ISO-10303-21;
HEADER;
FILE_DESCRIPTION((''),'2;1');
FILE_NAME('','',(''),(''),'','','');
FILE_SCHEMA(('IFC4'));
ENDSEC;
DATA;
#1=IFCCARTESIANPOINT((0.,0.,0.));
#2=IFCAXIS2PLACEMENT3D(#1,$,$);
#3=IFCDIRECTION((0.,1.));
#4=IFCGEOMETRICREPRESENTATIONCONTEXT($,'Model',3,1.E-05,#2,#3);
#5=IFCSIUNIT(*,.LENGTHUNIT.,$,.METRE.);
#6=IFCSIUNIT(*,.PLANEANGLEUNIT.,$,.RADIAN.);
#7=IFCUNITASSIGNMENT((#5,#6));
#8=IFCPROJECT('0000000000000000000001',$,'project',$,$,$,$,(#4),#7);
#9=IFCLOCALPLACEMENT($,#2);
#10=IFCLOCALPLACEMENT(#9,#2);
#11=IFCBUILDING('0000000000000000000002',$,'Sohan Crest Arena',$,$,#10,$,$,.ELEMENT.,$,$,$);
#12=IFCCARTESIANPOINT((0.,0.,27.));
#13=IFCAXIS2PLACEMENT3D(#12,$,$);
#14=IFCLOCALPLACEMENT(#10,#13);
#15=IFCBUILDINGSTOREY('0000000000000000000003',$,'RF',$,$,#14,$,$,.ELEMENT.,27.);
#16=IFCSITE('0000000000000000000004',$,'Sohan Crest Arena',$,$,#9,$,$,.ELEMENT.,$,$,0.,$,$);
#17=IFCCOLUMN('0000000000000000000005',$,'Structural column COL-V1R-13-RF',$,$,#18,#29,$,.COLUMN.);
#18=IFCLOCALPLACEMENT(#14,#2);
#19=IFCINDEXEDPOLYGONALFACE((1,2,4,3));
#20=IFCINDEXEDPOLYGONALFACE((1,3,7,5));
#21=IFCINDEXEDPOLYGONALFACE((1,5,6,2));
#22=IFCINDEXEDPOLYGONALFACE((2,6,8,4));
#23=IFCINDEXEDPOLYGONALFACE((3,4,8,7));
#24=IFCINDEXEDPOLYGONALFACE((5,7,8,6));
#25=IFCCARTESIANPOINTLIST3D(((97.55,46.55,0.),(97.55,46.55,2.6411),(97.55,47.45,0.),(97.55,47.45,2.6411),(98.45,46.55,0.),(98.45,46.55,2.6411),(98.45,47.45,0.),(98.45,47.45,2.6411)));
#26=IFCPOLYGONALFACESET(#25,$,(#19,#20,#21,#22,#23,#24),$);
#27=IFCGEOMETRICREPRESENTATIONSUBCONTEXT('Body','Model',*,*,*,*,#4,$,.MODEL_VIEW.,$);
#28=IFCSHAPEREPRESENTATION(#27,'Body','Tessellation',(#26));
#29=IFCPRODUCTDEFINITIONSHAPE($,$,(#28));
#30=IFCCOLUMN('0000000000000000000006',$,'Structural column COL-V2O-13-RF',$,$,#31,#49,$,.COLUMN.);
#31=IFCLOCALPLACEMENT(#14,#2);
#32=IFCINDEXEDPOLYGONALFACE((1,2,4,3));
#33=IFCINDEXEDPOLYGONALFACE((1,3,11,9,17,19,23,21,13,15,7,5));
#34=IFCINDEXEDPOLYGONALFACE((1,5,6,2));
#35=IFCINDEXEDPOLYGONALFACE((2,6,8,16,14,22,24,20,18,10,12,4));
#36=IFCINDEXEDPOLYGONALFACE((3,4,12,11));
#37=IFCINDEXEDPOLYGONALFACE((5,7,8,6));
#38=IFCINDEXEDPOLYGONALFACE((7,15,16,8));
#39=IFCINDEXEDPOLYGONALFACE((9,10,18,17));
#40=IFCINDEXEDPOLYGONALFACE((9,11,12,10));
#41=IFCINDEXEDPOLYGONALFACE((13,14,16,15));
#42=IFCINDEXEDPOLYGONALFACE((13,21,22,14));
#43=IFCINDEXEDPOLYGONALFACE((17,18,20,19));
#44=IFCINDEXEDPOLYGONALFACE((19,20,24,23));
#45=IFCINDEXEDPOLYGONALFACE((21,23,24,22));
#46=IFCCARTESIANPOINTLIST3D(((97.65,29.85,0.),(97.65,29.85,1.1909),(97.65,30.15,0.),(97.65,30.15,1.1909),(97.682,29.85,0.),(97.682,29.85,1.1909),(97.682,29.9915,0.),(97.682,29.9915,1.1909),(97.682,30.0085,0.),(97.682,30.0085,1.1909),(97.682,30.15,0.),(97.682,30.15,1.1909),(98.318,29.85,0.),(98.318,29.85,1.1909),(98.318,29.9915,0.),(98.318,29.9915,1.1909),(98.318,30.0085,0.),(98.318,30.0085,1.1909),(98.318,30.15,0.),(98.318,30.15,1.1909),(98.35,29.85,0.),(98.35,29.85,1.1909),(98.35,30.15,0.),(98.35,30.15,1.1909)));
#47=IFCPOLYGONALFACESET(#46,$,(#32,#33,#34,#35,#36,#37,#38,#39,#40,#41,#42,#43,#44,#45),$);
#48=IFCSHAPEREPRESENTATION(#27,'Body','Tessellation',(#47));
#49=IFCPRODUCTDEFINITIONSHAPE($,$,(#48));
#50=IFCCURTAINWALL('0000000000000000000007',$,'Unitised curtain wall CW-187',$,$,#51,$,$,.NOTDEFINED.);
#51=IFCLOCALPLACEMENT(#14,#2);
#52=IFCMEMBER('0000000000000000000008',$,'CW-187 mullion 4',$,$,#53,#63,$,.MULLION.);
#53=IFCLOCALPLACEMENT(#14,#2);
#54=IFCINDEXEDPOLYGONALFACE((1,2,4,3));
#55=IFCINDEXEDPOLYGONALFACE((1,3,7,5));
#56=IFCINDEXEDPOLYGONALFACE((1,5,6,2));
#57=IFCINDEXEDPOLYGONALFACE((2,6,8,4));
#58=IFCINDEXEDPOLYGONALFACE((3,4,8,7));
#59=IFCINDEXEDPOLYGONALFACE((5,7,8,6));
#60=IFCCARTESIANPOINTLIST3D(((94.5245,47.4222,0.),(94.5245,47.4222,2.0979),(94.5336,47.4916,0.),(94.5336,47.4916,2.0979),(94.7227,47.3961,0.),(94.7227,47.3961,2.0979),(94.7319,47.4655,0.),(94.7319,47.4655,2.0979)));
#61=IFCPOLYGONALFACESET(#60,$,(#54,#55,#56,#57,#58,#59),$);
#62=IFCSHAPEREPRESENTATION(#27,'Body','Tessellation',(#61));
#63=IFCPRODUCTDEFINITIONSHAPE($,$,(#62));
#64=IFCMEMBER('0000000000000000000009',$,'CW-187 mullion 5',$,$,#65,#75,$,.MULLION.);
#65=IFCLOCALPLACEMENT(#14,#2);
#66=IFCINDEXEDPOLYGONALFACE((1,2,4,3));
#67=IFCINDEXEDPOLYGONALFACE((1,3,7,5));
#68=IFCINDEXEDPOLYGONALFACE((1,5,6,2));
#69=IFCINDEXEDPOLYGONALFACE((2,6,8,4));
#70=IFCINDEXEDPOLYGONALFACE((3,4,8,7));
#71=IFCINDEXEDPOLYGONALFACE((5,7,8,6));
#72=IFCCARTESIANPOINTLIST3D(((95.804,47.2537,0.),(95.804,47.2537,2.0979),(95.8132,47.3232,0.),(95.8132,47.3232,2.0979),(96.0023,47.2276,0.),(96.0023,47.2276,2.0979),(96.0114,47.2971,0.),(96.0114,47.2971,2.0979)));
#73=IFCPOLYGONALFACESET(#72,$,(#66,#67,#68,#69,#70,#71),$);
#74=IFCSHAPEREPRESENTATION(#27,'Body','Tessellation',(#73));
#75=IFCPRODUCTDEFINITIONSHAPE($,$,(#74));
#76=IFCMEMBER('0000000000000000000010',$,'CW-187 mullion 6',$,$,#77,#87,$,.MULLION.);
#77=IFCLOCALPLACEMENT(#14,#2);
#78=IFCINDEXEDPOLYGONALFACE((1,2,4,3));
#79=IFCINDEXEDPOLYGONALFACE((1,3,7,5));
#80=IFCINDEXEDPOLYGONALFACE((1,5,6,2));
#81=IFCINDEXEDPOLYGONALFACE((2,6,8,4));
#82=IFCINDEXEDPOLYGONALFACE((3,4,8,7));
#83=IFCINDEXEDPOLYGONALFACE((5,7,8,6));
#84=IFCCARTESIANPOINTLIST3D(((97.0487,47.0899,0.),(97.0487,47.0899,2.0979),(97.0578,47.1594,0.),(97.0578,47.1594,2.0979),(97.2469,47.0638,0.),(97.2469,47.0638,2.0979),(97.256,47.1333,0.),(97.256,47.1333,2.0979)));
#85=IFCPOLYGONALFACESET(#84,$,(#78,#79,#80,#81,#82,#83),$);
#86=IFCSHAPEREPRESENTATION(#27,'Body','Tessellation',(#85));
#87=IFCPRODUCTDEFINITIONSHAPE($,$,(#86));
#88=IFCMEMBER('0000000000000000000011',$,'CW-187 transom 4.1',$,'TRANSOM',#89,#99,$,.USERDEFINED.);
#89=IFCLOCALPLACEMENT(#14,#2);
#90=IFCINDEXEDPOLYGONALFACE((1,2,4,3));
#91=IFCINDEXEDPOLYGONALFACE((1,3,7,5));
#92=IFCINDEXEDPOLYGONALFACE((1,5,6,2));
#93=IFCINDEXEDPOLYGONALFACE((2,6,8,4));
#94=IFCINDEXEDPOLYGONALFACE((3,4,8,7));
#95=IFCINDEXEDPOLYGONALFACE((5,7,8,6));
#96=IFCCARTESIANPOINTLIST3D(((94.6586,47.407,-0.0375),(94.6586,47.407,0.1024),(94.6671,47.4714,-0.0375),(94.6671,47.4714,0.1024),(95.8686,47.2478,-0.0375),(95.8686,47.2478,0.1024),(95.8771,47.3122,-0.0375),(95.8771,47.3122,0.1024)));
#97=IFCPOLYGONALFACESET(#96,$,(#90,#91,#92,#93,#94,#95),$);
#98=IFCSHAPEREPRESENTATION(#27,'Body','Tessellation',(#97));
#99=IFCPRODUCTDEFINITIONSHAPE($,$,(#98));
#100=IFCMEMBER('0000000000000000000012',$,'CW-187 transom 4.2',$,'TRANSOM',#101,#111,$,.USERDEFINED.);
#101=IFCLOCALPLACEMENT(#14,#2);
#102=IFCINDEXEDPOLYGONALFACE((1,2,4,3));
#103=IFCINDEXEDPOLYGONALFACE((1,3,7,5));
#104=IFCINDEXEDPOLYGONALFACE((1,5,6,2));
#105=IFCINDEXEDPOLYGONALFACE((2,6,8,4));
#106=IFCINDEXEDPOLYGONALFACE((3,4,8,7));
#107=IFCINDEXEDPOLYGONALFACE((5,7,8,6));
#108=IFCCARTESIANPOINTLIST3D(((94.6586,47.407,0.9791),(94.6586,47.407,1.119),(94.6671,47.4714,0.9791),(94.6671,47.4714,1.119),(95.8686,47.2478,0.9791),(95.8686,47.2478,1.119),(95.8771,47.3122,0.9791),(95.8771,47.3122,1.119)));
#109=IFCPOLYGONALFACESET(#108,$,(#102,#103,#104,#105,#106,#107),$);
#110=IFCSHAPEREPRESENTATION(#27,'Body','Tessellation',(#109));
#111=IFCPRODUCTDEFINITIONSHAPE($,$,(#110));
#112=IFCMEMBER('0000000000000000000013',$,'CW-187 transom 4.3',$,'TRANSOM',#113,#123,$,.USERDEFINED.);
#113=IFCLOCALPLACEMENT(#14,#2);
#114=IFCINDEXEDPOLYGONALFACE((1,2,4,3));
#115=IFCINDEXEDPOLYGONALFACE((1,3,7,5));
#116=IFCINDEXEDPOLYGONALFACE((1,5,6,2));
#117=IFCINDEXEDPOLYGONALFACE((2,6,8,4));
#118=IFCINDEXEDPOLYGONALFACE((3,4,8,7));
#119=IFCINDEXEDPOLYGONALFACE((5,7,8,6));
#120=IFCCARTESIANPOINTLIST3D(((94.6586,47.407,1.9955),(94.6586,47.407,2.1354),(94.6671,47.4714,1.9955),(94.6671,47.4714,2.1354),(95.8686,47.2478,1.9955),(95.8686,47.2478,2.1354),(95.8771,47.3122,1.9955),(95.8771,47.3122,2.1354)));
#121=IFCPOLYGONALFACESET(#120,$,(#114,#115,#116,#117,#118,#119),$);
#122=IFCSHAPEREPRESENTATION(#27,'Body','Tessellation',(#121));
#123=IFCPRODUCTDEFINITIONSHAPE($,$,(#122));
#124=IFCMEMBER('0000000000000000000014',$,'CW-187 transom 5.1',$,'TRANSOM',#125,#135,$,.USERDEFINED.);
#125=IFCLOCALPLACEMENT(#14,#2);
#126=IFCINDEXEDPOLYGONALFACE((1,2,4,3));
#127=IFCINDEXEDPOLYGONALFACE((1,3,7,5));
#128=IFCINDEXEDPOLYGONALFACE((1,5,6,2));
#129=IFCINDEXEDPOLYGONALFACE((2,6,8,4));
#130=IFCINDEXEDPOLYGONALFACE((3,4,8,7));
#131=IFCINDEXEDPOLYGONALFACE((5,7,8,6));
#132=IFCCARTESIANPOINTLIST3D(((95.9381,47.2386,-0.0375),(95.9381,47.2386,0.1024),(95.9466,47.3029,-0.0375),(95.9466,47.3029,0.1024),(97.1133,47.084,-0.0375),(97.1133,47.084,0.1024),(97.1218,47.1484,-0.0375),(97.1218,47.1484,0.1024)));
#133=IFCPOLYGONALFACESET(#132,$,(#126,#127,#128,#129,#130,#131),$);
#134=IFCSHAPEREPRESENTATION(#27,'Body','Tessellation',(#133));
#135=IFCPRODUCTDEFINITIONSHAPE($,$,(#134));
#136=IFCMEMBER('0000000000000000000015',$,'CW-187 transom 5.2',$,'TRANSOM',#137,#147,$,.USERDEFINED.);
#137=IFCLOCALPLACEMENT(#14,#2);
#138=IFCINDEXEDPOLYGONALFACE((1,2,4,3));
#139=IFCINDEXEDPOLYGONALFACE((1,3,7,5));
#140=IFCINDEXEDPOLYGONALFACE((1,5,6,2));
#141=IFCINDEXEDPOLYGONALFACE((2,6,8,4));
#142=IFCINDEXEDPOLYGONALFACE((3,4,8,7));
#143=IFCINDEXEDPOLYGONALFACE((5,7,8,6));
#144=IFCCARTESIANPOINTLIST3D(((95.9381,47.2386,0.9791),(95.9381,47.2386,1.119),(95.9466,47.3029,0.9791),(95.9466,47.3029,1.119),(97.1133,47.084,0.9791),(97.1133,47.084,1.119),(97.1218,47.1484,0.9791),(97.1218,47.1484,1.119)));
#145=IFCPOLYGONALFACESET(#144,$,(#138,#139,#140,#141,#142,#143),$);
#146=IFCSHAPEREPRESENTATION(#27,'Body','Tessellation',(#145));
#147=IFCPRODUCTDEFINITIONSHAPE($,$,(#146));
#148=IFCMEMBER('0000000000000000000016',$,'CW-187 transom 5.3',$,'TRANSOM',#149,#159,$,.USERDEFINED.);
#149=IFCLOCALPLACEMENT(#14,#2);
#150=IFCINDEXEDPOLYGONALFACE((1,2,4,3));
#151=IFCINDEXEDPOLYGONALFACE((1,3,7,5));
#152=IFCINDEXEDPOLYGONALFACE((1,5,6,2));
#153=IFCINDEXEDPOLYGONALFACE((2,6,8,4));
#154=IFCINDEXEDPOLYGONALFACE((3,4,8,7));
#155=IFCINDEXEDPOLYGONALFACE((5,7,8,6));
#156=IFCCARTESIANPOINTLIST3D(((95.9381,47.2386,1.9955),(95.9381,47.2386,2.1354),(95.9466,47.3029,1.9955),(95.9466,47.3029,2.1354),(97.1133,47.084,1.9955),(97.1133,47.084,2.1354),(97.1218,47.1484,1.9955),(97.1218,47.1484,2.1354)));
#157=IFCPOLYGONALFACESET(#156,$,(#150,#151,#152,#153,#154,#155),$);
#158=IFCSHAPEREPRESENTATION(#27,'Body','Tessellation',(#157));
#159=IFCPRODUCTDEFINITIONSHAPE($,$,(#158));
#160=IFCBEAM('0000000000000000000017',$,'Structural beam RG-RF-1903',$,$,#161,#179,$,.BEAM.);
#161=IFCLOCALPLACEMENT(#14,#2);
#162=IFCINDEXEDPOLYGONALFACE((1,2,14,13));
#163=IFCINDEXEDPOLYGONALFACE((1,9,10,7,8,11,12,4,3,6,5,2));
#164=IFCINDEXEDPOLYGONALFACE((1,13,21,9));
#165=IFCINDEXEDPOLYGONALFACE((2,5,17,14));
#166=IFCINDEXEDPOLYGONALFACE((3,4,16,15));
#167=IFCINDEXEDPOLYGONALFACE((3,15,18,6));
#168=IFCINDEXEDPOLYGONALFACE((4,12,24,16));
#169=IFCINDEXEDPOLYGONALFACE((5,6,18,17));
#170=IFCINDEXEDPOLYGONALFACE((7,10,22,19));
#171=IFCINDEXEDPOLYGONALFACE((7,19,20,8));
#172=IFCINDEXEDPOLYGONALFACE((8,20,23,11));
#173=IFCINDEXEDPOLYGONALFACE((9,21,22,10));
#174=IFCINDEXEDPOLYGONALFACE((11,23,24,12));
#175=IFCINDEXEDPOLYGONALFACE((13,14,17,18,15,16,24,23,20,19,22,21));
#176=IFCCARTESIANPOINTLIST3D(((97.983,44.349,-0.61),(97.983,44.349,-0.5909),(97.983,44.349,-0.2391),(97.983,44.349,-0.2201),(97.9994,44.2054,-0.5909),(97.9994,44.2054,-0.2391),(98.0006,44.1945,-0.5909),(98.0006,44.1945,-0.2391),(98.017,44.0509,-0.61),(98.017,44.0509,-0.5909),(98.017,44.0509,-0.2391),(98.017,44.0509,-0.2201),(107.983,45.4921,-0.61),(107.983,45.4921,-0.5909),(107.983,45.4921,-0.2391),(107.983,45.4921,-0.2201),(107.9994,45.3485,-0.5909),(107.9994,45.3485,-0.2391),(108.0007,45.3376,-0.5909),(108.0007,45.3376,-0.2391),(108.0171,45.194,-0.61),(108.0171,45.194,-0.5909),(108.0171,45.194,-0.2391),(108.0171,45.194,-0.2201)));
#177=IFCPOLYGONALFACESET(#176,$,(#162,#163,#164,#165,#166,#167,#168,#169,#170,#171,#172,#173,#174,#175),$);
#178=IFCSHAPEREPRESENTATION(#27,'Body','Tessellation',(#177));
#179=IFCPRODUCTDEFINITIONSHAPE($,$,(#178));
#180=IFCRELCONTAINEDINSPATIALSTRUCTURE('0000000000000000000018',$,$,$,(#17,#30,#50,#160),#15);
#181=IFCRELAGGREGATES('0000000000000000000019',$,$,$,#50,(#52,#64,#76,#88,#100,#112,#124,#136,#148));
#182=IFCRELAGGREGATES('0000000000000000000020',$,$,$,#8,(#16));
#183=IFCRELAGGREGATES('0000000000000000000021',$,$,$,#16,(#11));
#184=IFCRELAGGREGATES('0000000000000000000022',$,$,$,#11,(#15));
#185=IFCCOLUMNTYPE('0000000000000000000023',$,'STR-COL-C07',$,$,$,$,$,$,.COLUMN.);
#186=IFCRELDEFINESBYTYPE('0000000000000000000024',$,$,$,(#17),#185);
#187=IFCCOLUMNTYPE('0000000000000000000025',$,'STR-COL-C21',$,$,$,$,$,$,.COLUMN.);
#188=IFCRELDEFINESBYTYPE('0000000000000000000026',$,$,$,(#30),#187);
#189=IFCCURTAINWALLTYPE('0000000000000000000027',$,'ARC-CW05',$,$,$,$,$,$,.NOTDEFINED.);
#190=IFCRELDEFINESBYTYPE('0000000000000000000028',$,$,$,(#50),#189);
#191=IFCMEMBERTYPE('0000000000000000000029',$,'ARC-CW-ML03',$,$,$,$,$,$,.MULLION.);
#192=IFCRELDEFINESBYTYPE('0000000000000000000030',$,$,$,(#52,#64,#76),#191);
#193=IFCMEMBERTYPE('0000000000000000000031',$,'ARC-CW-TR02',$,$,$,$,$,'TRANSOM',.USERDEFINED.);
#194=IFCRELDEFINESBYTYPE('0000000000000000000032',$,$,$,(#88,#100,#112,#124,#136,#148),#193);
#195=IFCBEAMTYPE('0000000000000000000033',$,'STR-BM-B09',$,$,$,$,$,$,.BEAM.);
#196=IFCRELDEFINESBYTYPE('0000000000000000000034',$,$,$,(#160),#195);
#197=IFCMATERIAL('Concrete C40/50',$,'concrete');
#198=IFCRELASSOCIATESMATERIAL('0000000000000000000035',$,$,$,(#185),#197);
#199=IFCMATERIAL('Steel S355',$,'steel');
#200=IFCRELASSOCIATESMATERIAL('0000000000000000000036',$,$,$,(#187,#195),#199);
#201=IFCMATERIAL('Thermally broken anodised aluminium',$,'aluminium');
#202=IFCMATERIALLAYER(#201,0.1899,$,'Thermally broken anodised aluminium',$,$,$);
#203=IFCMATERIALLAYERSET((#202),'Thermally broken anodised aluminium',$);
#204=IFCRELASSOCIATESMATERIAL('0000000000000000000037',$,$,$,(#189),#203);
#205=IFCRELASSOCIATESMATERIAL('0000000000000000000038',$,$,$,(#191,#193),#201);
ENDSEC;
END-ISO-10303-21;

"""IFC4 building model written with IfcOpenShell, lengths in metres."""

from ifc_helpers import new_model, si_unit, direction, frame, origin, origin_2d, place, context, subcontext, project, spatial, rectangle, i_section, extrude, material, layer, layer_set, material_profile, profile_set, type_object, element, aggregate, save


model = new_model("IFC4")

# Units and contexts
model_context = context("Model", 3, precision=1e-05, world=origin(), true_north=direction((0.0, 1.0)))
body_context = subcontext(model_context, "Body", "Model", "MODEL_VIEW")
ifc_project = project(units=[si_unit("LENGTHUNIT", "METRE"), si_unit("PLANEANGLEUNIT", "RADIAN")], contexts=[model_context])

# Site, building, storey
site_placement = place(None, origin())
site = spatial("IfcSite", under=ifc_project, at=site_placement, Name="Sohan Crest Arena", CompositionType="ELEMENT", RefElevation=0.0)
building_placement = place(site_placement, origin())
building = spatial("IfcBuilding", under=site, at=building_placement, Name="Sohan Crest Arena", CompositionType="ELEMENT")
storey_placement = place(building_placement, frame((0.0, 0.0, 27.0)))
storey = spatial("IfcBuildingStorey", under=building, at=storey_placement, Name="RF", CompositionType="ELEMENT", Elevation=27.0)

# Columns
ifc_material_1 = material(Name="Concrete C40/50", Category="concrete")
ifc_material_profile_1 = material_profile(ifc_material_1, rectangle(XDim=0.8999, YDim=0.8999, at=origin_2d()), Name="RC 900x900")
ifc_profile_set_1 = profile_set([ifc_material_profile_1], Name="Concrete C40/50")
column_type_1 = type_object("IfcColumnType", Name="STR-COL-C07", PredefinedType="COLUMN", material=ifc_profile_set_1)
column_1_placement = place(storey_placement, frame((98.0, 47.0, 0.0), z_axis=(0.0, 0.0, 1.0), x_axis=(0.0, 1.0, 0.0)))
element("IfcColumn", 1, at=column_1_placement, inside=storey, type_object=column_type_1, Name="Structural column COL-V1R-13-RF", PredefinedType="COLUMN", context=body_context, shape_type="SweptSolid", body=[
    extrude(rectangle(XDim=0.8999, YDim=0.8999, at=origin_2d()), origin(), (0.0, 0.0, 1.0), 2.6411),
])
ifc_material_2 = material(Name="Steel S355", Category="steel")
ifc_material_profile_2 = material_profile(ifc_material_2, i_section(OverallWidth=0.3, OverallDepth=0.7, WebThickness=0.0171, FlangeThickness=0.032, at=origin_2d()), Name="HEB 700")
ifc_profile_set_2 = profile_set([ifc_material_profile_2], Name="Steel S355")
column_type_2 = type_object("IfcColumnType", Name="STR-COL-C21", PredefinedType="COLUMN", material=ifc_profile_set_2)
column_2_placement = place(storey_placement, frame((98.0, 30.0, 0.0), z_axis=(0.0, 0.0, 1.0), x_axis=(0.0, 1.0, 0.0)))
element("IfcColumn", 2, at=column_2_placement, inside=storey, type_object=column_type_2, Name="Structural column COL-V2O-13-RF", PredefinedType="COLUMN", context=body_context, shape_type="SweptSolid", body=[
    extrude(i_section(OverallWidth=0.3, OverallDepth=0.7, WebThickness=0.0171, FlangeThickness=0.032, at=origin_2d()), origin(), (0.0, 0.0, 1.0), 1.1909),
])

# Curtain wall, members
ifc_material_3 = material(Name="Thermally broken anodised aluminium", Category="aluminium")
ifc_layer_1 = layer(ifc_material_3, 0.1899, Name="Thermally broken anodised aluminium")
ifc_layer_set_1 = layer_set([ifc_layer_1], Name="Thermally broken anodised aluminium")
curtain_wall_type = type_object("IfcCurtainWallType", Name="ARC-CW05", PredefinedType="NOTDEFINED", material=ifc_layer_set_1)
curtain_wall_placement = place(storey_placement, origin())
curtain_wall = element("IfcCurtainWall", 3, at=curtain_wall_placement, inside=storey, type_object=curtain_wall_type, Name="Unitised curtain wall CW-187", PredefinedType="NOTDEFINED")
ifc_material_profile_3 = material_profile(ifc_material_3, rectangle(XDim=0.0701, YDim=0.2, at=origin_2d()), Name="ALU-MULL 70x200")
ifc_profile_set_3 = profile_set([ifc_material_profile_3], Name="Thermally broken anodised aluminium")
member_type_1 = type_object("IfcMemberType", Name="ARC-CW-ML03", PredefinedType="MULLION", material=ifc_profile_set_3)
member_1_placement = place(storey_placement, frame((94.6282, 47.4438, 0.0), z_axis=(0.0, 0.0, 1.0), x_axis=(0.130499, 0.991448, 0.0)))
member_1 = element("IfcMember", 4, at=member_1_placement, type_object=member_type_1, Name="CW-187 mullion 4", PredefinedType="MULLION", context=body_context, shape_type="SweptSolid", body=[
    extrude(rectangle(XDim=0.0701, YDim=0.2, at=origin_2d()), origin(), (0.0, 0.0, 1.0), 2.0979),
])
member_2_placement = place(storey_placement, frame((95.9077, 47.2754, 0.0), z_axis=(0.0, 0.0, 1.0), x_axis=(0.130499, 0.991448, 0.0)))
member_2 = element("IfcMember", 5, at=member_2_placement, type_object=member_type_1, Name="CW-187 mullion 5", PredefinedType="MULLION", context=body_context, shape_type="SweptSolid", body=[
    extrude(rectangle(XDim=0.0701, YDim=0.2, at=origin_2d()), origin(), (0.0, 0.0, 1.0), 2.0979),
])
member_3_placement = place(storey_placement, frame((97.1523, 47.1116, 0.0), z_axis=(0.0, 0.0, 1.0), x_axis=(0.130499, 0.991448, 0.0)))
member_3 = element("IfcMember", 6, at=member_3_placement, type_object=member_type_1, Name="CW-187 mullion 6", PredefinedType="MULLION", context=body_context, shape_type="SweptSolid", body=[
    extrude(rectangle(XDim=0.0701, YDim=0.2, at=origin_2d()), origin(), (0.0, 0.0, 1.0), 2.0979),
])
ifc_material_profile_4 = material_profile(ifc_material_3, rectangle(XDim=0.0649, YDim=0.1399, at=origin_2d()), Name="ALU-TRAN 65x140")
ifc_profile_set_4 = profile_set([ifc_material_profile_4], Name="Thermally broken anodised aluminium")
member_type_2 = type_object("IfcMemberType", Name="ARC-CW-TR02", ElementType="TRANSOM", PredefinedType="USERDEFINED", material=ifc_profile_set_4)
member_4_placement = place(storey_placement, frame((94.6628, 47.4392, 0.0325), z_axis=(0.991457, -0.130434, 0.0), x_axis=(0.130434, 0.991457, 0.0)))
member_4 = element("IfcMember", 7, at=member_4_placement, type_object=member_type_2, Name="CW-187 transom 4.1", ObjectType="TRANSOM", PredefinedType="USERDEFINED", context=body_context, shape_type="SweptSolid", body=[
    extrude(rectangle(XDim=0.0649, YDim=0.1399, at=origin_2d()), origin(), (0.0, 0.0, 1.0), 1.2205),
])
member_5_placement = place(storey_placement, frame((94.6628, 47.4392, 1.0491), z_axis=(0.991457, -0.130434, 0.0), x_axis=(0.130434, 0.991457, 0.0)))
member_5 = element("IfcMember", 8, at=member_5_placement, type_object=member_type_2, Name="CW-187 transom 4.2", ObjectType="TRANSOM", PredefinedType="USERDEFINED", context=body_context, shape_type="SweptSolid", body=[
    extrude(rectangle(XDim=0.0649, YDim=0.1399, at=origin_2d()), origin(), (0.0, 0.0, 1.0), 1.2205),
])
member_6_placement = place(storey_placement, frame((94.6628, 47.4392, 2.0654), z_axis=(0.991457, -0.130434, 0.0), x_axis=(0.130434, 0.991457, 0.0)))
member_6 = element("IfcMember", 9, at=member_6_placement, type_object=member_type_2, Name="CW-187 transom 4.3", ObjectType="TRANSOM", PredefinedType="USERDEFINED", context=body_context, shape_type="SweptSolid", body=[
    extrude(rectangle(XDim=0.0649, YDim=0.1399, at=origin_2d()), origin(), (0.0, 0.0, 1.0), 1.2205),
])
member_7_placement = place(storey_placement, frame((95.9424, 47.2708, 0.0325), z_axis=(0.991466, -0.130369, 0.0), x_axis=(0.130369, 0.991466, 0.0)))
member_7 = element("IfcMember", 10, at=member_7_placement, type_object=member_type_2, Name="CW-187 transom 5.1", ObjectType="TRANSOM", PredefinedType="USERDEFINED", context=body_context, shape_type="SweptSolid", body=[
    extrude(rectangle(XDim=0.0649, YDim=0.1399, at=origin_2d()), origin(), (0.0, 0.0, 1.0), 1.1853),
])
member_8_placement = place(storey_placement, frame((95.9424, 47.2708, 1.0491), z_axis=(0.991466, -0.130369, 0.0), x_axis=(0.130369, 0.991466, 0.0)))
member_8 = element("IfcMember", 11, at=member_8_placement, type_object=member_type_2, Name="CW-187 transom 5.2", ObjectType="TRANSOM", PredefinedType="USERDEFINED", context=body_context, shape_type="SweptSolid", body=[
    extrude(rectangle(XDim=0.0649, YDim=0.1399, at=origin_2d()), origin(), (0.0, 0.0, 1.0), 1.1853),
])
member_9_placement = place(storey_placement, frame((95.9424, 47.2708, 2.0654), z_axis=(0.991466, -0.130369, 0.0), x_axis=(0.130369, 0.991466, 0.0)))
member_9 = element("IfcMember", 12, at=member_9_placement, type_object=member_type_2, Name="CW-187 transom 5.3", ObjectType="TRANSOM", PredefinedType="USERDEFINED", context=body_context, shape_type="SweptSolid", body=[
    extrude(rectangle(XDim=0.0649, YDim=0.1399, at=origin_2d()), origin(), (0.0, 0.0, 1.0), 1.1853),
])

# Beam
ifc_material_profile_5 = material_profile(ifc_material_2, i_section(OverallWidth=0.3, OverallDepth=0.3899, WebThickness=0.011, FlangeThickness=0.019, at=origin_2d()), Name="HEA 400")
ifc_profile_set_5 = profile_set([ifc_material_profile_5], Name="Steel S355")
beam_type_1 = type_object("IfcBeamType", Name="STR-BM-B09", PredefinedType="BEAM", material=ifc_profile_set_5)
beam_1_placement = place(storey_placement, frame((98.0, 44.2, -0.415), z_axis=(0.99353, 0.113567, 0.0), x_axis=(-0.113567, 0.99353, 0.0)))
element("IfcBeam", 13, at=beam_1_placement, inside=storey, type_object=beam_type_1, Name="Structural beam RG-RF-1903", PredefinedType="BEAM", context=body_context, shape_type="SweptSolid", body=[
    extrude(i_section(OverallWidth=0.3, OverallDepth=0.3899, WebThickness=0.011, FlangeThickness=0.019, at=origin_2d()), origin(), (0.0, 0.0, 1.0), 10.0652),
])

aggregate(curtain_wall, [member_1, member_2, member_3, member_4, member_5, member_6, member_7, member_8, member_9])

save(model, "model.ifc")
